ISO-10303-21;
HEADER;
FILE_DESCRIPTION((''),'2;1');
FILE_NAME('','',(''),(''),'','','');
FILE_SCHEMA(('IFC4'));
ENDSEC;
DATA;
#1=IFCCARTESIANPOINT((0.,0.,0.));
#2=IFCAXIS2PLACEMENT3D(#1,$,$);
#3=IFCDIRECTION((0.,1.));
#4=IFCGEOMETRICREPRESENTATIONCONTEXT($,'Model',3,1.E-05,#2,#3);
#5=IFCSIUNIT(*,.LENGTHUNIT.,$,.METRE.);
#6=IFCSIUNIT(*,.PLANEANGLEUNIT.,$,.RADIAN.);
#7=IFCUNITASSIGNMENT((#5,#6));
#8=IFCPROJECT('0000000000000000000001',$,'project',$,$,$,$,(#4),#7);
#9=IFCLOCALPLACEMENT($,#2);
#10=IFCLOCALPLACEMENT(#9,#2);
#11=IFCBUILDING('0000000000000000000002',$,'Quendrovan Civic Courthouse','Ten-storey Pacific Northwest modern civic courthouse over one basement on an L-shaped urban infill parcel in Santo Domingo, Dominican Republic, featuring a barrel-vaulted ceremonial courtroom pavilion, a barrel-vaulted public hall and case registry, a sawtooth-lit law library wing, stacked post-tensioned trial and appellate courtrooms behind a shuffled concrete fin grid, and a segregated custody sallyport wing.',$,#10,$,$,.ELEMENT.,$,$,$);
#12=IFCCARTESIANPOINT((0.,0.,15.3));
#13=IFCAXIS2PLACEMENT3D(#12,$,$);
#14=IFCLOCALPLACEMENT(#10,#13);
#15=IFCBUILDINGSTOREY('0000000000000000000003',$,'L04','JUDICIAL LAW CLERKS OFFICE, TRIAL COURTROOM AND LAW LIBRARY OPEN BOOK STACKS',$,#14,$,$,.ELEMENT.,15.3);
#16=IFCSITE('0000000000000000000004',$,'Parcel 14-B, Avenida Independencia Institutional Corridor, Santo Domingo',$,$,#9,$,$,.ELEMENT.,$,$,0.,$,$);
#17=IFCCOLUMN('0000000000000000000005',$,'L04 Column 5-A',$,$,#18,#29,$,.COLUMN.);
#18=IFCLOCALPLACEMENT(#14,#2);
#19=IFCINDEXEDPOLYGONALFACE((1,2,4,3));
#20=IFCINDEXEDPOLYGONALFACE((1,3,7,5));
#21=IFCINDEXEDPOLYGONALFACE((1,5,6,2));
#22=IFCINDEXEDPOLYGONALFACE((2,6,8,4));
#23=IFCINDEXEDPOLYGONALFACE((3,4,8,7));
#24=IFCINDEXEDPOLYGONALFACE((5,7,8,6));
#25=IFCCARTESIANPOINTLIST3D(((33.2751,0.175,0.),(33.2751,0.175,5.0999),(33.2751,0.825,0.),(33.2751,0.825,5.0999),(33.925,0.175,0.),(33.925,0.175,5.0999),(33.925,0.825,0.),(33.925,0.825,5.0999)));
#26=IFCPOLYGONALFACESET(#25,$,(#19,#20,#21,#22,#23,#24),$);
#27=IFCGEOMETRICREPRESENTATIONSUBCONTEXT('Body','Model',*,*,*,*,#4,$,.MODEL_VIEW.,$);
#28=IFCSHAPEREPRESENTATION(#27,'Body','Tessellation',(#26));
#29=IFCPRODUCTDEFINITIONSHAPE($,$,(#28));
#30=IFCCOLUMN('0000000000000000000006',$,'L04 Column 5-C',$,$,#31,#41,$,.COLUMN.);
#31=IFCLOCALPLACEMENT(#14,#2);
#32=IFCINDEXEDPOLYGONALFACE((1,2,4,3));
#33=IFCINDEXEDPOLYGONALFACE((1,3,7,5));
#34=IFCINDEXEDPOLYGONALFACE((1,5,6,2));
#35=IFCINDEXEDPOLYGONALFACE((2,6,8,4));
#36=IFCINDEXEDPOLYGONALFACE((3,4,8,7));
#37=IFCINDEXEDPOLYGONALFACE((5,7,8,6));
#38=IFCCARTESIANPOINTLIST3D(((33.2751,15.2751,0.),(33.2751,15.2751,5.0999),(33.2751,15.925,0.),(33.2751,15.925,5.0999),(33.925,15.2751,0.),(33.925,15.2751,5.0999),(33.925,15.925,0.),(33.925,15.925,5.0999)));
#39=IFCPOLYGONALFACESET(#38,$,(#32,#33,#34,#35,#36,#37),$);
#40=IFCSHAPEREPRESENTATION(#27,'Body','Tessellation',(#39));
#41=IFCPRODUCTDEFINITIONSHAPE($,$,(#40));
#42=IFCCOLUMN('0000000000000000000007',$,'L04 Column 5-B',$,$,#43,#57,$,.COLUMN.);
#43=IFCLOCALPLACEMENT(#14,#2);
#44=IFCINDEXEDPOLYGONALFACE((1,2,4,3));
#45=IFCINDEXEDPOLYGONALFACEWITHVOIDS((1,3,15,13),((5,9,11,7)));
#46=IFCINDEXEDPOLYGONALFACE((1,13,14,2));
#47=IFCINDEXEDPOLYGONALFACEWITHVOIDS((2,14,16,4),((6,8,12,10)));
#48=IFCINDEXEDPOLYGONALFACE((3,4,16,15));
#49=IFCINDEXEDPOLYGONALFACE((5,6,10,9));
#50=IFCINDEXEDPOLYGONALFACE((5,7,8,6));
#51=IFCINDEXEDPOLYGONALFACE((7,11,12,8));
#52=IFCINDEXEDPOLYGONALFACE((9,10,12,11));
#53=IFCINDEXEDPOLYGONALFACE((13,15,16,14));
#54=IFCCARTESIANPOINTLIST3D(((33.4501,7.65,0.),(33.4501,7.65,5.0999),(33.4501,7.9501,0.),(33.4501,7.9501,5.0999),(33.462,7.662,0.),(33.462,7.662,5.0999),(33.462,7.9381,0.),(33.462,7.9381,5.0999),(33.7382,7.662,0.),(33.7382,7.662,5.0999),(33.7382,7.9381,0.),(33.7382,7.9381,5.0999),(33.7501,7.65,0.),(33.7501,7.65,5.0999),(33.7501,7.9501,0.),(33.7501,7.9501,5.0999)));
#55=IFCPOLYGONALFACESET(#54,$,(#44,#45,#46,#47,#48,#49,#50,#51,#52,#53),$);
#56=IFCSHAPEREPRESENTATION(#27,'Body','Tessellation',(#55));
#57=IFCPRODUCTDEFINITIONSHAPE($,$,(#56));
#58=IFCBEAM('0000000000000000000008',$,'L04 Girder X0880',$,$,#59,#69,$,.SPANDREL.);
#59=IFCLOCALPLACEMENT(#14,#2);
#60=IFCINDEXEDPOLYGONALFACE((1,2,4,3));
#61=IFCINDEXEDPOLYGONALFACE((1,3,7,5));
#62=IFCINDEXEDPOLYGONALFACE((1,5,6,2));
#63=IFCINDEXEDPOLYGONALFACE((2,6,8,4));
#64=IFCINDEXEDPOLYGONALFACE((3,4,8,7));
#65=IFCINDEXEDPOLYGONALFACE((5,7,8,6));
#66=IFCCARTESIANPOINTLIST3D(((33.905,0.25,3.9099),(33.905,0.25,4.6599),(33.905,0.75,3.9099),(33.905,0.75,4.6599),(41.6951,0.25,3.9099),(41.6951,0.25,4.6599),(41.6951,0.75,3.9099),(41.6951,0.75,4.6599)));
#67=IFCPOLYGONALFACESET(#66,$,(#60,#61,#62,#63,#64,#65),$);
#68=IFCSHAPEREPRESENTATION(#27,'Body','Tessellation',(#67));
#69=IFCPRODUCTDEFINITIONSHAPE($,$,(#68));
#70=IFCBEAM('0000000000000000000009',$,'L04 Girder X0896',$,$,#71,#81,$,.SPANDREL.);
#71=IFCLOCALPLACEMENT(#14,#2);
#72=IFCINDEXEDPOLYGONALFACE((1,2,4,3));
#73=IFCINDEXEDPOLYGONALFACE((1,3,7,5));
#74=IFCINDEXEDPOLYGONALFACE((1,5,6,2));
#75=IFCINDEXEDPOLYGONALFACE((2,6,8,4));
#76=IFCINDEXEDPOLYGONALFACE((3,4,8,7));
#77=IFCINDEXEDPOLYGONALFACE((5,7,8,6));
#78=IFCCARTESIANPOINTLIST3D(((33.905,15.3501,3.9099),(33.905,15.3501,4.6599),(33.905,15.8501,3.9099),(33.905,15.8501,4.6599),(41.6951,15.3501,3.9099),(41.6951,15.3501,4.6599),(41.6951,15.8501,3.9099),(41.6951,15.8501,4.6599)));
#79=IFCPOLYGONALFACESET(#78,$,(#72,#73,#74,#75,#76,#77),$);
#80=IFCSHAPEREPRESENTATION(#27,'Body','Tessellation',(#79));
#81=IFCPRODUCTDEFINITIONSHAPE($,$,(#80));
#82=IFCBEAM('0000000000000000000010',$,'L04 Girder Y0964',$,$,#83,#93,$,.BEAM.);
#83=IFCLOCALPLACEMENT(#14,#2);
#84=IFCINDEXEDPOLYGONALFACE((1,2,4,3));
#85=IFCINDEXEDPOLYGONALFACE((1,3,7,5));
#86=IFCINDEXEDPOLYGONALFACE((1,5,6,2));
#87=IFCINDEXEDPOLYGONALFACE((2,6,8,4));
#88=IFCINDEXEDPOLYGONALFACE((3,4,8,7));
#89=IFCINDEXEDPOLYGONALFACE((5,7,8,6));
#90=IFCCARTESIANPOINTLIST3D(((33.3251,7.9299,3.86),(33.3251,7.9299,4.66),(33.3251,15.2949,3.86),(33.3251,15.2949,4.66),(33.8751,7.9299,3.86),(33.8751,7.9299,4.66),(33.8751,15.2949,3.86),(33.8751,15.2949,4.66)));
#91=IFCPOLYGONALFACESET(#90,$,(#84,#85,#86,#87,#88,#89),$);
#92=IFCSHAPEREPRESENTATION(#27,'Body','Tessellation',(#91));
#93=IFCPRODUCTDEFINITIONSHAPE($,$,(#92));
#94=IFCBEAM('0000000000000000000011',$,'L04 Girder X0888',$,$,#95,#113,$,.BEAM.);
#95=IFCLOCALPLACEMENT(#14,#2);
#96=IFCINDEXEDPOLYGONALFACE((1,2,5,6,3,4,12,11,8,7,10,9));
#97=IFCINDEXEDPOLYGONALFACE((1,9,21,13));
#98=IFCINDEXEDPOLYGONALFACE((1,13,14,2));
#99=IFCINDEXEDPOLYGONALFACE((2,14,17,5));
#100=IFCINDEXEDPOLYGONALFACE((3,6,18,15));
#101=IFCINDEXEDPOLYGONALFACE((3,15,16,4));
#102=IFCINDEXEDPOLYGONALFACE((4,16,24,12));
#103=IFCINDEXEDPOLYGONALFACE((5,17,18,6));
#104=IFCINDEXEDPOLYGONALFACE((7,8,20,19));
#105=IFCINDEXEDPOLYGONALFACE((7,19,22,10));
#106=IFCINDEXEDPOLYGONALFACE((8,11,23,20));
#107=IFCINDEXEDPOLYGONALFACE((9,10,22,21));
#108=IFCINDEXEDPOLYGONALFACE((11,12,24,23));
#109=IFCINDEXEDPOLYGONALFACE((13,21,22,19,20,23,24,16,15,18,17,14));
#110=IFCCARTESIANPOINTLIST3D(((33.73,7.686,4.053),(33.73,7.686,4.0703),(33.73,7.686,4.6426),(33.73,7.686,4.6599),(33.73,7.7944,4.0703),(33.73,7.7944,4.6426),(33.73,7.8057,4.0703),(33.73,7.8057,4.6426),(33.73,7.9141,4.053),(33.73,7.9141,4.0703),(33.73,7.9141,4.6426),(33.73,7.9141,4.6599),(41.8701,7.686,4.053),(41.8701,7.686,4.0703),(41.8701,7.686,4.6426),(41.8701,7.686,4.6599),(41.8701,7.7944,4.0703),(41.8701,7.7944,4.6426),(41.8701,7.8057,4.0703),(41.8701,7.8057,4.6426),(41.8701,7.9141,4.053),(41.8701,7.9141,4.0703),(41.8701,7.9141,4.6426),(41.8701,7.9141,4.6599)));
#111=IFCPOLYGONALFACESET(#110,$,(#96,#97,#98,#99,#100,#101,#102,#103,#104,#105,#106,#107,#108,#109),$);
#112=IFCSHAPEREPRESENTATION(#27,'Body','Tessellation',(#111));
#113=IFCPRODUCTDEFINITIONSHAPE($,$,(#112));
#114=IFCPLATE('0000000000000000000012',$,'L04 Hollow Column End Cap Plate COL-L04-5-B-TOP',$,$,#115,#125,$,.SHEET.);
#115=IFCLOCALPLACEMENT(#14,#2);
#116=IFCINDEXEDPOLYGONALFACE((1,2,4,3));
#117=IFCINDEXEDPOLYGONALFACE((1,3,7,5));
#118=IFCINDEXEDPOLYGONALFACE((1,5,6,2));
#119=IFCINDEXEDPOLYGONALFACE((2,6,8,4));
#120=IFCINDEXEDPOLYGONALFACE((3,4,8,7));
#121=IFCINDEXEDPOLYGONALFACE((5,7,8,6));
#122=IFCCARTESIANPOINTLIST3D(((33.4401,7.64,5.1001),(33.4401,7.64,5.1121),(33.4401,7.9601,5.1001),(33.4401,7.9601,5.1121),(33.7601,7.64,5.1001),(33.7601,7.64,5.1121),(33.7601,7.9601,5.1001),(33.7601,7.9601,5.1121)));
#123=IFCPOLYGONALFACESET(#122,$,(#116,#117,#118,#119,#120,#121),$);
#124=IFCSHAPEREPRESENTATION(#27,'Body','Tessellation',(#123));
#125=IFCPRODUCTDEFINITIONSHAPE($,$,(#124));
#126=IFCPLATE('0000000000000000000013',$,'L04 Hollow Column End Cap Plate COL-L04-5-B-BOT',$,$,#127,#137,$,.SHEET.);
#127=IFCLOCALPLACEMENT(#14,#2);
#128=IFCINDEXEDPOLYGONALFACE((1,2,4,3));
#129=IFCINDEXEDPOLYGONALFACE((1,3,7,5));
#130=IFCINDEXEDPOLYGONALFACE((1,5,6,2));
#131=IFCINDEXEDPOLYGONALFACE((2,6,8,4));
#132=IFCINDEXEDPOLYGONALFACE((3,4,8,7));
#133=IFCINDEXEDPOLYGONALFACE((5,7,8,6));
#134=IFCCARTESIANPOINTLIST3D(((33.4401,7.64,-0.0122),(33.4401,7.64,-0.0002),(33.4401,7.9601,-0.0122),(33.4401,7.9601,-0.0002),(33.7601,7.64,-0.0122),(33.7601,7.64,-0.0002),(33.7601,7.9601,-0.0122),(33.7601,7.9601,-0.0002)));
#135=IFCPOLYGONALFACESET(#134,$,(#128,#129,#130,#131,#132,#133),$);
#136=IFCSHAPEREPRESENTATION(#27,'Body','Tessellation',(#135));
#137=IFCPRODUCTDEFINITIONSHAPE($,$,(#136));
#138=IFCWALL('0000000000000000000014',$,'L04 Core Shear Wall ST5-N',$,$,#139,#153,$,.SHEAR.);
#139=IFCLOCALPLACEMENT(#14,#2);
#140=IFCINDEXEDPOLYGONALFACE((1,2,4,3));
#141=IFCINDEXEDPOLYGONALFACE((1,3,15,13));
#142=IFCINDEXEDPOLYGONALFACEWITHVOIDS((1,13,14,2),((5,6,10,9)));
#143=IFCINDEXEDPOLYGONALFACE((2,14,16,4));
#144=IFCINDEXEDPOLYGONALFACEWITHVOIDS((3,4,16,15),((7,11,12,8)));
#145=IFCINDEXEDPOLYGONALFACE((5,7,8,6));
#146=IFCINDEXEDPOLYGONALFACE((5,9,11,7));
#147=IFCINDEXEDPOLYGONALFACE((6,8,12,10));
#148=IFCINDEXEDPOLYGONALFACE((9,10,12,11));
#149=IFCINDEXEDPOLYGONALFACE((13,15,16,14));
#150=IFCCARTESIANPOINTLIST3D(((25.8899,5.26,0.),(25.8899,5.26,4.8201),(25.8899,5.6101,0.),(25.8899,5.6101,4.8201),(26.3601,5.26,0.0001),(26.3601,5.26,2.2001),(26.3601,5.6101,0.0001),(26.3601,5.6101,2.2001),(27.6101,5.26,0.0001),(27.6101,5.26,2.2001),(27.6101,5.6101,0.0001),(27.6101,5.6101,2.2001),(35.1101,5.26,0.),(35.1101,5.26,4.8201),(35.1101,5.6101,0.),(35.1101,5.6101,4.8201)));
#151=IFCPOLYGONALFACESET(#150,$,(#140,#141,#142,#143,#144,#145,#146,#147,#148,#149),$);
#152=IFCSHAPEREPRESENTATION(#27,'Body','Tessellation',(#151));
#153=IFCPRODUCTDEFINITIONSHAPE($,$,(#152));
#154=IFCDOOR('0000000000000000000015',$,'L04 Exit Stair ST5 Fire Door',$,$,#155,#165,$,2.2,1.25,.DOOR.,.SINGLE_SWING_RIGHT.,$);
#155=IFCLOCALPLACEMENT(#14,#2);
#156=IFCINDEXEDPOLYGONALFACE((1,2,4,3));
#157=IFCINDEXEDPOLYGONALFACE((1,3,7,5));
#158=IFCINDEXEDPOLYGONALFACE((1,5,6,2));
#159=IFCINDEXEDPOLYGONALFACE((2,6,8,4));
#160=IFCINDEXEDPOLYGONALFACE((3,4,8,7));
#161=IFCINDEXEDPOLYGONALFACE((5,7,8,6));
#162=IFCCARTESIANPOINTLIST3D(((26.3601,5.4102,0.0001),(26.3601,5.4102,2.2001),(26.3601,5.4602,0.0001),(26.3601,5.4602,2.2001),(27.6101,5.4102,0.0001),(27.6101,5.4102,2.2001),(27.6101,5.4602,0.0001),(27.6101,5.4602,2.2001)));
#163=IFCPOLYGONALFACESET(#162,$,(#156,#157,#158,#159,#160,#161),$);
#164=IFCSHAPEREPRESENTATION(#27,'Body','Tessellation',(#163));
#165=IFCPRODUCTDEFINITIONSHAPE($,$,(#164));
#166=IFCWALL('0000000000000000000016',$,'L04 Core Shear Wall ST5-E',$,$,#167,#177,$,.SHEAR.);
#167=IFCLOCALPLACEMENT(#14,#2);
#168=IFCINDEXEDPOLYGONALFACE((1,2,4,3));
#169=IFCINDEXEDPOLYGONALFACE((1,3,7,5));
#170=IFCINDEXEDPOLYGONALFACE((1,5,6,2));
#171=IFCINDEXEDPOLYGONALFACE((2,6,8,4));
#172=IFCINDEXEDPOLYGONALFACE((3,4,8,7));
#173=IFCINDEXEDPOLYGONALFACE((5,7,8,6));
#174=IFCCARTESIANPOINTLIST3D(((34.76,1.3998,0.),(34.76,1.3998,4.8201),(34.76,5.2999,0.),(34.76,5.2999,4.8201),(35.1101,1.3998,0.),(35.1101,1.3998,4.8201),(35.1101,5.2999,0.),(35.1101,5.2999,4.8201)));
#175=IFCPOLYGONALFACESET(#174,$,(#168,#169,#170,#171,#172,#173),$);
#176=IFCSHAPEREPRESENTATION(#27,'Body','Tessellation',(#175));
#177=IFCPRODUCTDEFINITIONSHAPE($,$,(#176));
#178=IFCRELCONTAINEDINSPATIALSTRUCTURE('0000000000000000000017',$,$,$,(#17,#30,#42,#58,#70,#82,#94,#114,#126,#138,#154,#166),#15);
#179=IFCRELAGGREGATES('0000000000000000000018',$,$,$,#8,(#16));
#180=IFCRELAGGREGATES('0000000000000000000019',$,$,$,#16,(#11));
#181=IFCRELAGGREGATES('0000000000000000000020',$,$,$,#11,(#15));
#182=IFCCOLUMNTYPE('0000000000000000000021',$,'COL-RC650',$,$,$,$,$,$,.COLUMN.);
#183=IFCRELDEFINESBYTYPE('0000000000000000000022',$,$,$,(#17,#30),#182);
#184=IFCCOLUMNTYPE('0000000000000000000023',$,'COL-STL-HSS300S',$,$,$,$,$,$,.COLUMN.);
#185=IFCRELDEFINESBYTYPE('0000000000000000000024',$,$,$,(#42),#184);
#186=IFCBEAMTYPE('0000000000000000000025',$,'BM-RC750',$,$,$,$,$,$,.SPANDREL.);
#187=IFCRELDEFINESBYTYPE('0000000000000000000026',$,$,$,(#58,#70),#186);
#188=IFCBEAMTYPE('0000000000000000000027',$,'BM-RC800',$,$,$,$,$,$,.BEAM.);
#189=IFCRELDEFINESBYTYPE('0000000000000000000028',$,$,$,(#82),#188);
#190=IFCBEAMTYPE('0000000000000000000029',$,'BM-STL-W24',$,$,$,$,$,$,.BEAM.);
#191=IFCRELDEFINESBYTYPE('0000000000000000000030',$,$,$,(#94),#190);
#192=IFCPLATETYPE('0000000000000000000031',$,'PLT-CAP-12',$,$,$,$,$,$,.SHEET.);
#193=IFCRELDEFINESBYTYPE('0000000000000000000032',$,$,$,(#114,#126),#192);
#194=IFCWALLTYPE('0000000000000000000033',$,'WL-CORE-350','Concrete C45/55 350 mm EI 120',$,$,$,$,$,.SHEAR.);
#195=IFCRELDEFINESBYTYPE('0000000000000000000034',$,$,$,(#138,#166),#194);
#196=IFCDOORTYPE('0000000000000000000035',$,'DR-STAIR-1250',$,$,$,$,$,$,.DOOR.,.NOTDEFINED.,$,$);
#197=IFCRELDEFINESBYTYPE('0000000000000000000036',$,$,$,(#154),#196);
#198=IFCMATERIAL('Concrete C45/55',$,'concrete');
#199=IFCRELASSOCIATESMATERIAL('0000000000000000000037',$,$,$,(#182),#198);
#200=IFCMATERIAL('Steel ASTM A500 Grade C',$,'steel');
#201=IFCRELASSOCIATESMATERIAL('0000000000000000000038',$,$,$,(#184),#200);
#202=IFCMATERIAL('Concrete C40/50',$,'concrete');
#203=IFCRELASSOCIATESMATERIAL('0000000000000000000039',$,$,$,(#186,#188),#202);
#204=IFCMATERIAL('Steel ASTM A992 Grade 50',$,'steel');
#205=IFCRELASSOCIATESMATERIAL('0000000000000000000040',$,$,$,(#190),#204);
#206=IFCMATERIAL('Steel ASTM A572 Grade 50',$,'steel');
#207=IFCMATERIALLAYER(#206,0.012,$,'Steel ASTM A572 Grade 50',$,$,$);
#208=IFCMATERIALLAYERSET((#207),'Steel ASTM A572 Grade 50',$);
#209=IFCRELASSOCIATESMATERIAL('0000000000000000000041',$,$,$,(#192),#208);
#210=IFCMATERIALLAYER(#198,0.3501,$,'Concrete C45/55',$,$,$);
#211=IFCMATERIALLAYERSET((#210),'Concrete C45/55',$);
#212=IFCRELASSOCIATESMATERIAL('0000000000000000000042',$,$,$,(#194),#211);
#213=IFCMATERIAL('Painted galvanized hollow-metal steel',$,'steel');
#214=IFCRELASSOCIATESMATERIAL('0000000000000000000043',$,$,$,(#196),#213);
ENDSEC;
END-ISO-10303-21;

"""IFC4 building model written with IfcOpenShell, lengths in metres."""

from ifc_helpers import new_model, si_unit, direction, frame, frame_2d, origin, origin_2d, place, context, subcontext, project, spatial, rectangle, hollow_rectangle, i_section, extrude, material, layer, layer_set, material_profile, profile_set, type_object, element, fill, save


model = new_model("IFC4")

# Units and contexts
model_context = context("Model", 3, precision=1e-05, world=origin(), true_north=direction((0.0, 1.0)))
body_context = subcontext(model_context, "Body", "Model", "MODEL_VIEW")
ifc_project = project(units=[si_unit("LENGTHUNIT", "METRE"), si_unit("PLANEANGLEUNIT", "RADIAN")], contexts=[model_context])

# Site, building, storey
site_placement = place(None, origin())
site = spatial("IfcSite", under=ifc_project, at=site_placement, Name="Parcel 14-B, Avenida Independencia Institutional Corridor, Santo Domingo", CompositionType="ELEMENT", RefElevation=0.0)
building_placement = place(site_placement, origin())
building = spatial("IfcBuilding", under=site, at=building_placement, Name="Quendrovan Civic Courthouse", Description="Ten-storey Pacific Northwest modern civic courthouse over one basement on an L-shaped urban infill parcel in Santo Domingo, Dominican Republic, featuring a barrel-vaulted ceremonial courtroom pavilion, a barrel-vaulted public hall and case registry, a sawtooth-lit law library wing, stacked post-tensioned trial and appellate courtrooms behind a shuffled concrete fin grid, and a segregated custody sallyport wing.", CompositionType="ELEMENT")
storey_placement = place(building_placement, frame((0.0, 0.0, 15.3)))
storey = spatial("IfcBuildingStorey", under=building, at=storey_placement, Name="L04", Description="JUDICIAL LAW CLERKS OFFICE, TRIAL COURTROOM AND LAW LIBRARY OPEN BOOK STACKS", CompositionType="ELEMENT", Elevation=15.3)

# Columns
ifc_material_1 = material(Name="Concrete C45/55", Category="concrete")
ifc_material_profile_1 = material_profile(ifc_material_1, rectangle(XDim=0.6499, YDim=0.6499, at=origin_2d()), Name="RC-COL-650x650")
ifc_profile_set_1 = profile_set([ifc_material_profile_1], Name="Concrete C45/55")
column_type_1 = type_object("IfcColumnType", Name="COL-RC650", PredefinedType="COLUMN", material=ifc_profile_set_1)
for number, where, z_axis, x_axis, name in (
    (1, (33.6001, 0.5, 0.0), (0.0, 0.0, 1.0), (1.0, 0.0, 0.0), "L04 Column 5-A"),
    (2, (33.6001, 15.6001, 0.0), (0.0, 0.0, 1.0), (1.0, 0.0, 0.0), "L04 Column 5-C"),
):
    element("IfcColumn", number, at=place(storey_placement, frame(where, z_axis=z_axis, x_axis=x_axis)), inside=storey, type_object=column_type_1, Name=name, PredefinedType="COLUMN", context=body_context, shape_type="SweptSolid", body=[
        extrude(rectangle(XDim=0.6499, YDim=0.6499, at=origin_2d()), origin(), (0.0, 0.0, 1.0), 5.0999),
    ])
ifc_material_2 = material(Name="Steel ASTM A500 Grade C", Category="steel")
ifc_material_profile_2 = material_profile(ifc_material_2, hollow_rectangle(XDim=0.3, YDim=0.3, WallThickness=0.012, at=origin_2d()), Name="HSS300x300x12")
ifc_profile_set_2 = profile_set([ifc_material_profile_2], Name="Steel ASTM A500 Grade C")
column_type_2 = type_object("IfcColumnType", Name="COL-STL-HSS300S", PredefinedType="COLUMN", material=ifc_profile_set_2)
column_placement = place(storey_placement, frame((33.6001, 7.8, 0.0), z_axis=(0.0, 0.0, 1.0), x_axis=(1.0, 0.0, 0.0)))
element("IfcColumn", 3, at=column_placement, inside=storey, type_object=column_type_2, Name="L04 Column 5-B", PredefinedType="COLUMN", context=body_context, shape_type="SweptSolid", body=[
    extrude(hollow_rectangle(XDim=0.3, YDim=0.3, WallThickness=0.012, at=origin_2d()), origin(), (0.0, 0.0, 1.0), 5.0999),
])

# Beams
ifc_material_3 = material(Name="Concrete C40/50", Category="concrete")
ifc_material_profile_3 = material_profile(ifc_material_3, rectangle(XDim=0.5, YDim=0.75, at=origin_2d()), Name="RC-BM-500x750")
ifc_profile_set_3 = profile_set([ifc_material_profile_3], Name="Concrete C40/50")
beam_type_1 = type_object("IfcBeamType", Name="BM-RC750", PredefinedType="SPANDREL", material=ifc_profile_set_3)
for number, where, z_axis, x_axis, name in (
    (4, (33.905, 0.5, 4.2849), (1.0, 0.0, 0.0), (0.0, 1.0, 0.0), "L04 Girder X0880"),
    (5, (33.905, 15.6001, 4.2849), (1.0, 0.0, 0.0), (0.0, 1.0, 0.0), "L04 Girder X0896"),
):
    element("IfcBeam", number, at=place(storey_placement, frame(where, z_axis=z_axis, x_axis=x_axis)), inside=storey, type_object=beam_type_1, Name=name, PredefinedType="SPANDREL", context=body_context, shape_type="SweptSolid", body=[
        extrude(rectangle(XDim=0.5, YDim=0.75, at=origin_2d()), origin(), (0.0, 0.0, 1.0), 7.79),
    ])
ifc_material_profile_4 = material_profile(ifc_material_3, rectangle(XDim=0.55, YDim=0.8, at=origin_2d()), Name="RC-BM-550x800")
ifc_profile_set_4 = profile_set([ifc_material_profile_4], Name="Concrete C40/50")
beam_type_2 = type_object("IfcBeamType", Name="BM-RC800", PredefinedType="BEAM", material=ifc_profile_set_4)
beam_1_placement = place(storey_placement, frame((33.6001, 7.9299, 4.26), z_axis=(0.0, 1.0, 0.0), x_axis=(-1.0, 0.0, 0.0)))
element("IfcBeam", 6, at=beam_1_placement, inside=storey, type_object=beam_type_2, Name="L04 Girder Y0964", PredefinedType="BEAM", context=body_context, shape_type="SweptSolid", body=[
    extrude(rectangle(XDim=0.55, YDim=0.8, at=origin_2d()), origin(), (0.0, 0.0, 1.0), 7.365),
])
ifc_material_4 = material(Name="Steel ASTM A992 Grade 50", Category="steel")
ifc_material_profile_5 = material_profile(ifc_material_4, i_section(OverallWidth=0.228, OverallDepth=0.6069, WebThickness=0.0112, FlangeThickness=0.0173, at=origin_2d()), Name="W24X76")
ifc_profile_set_5 = profile_set([ifc_material_profile_5], Name="Steel ASTM A992 Grade 50")
beam_type_3 = type_object("IfcBeamType", Name="BM-STL-W24", PredefinedType="BEAM", material=ifc_profile_set_5)
beam_2_placement = place(storey_placement, frame((33.73, 7.8, 4.3564), z_axis=(1.0, 0.0, 0.0), x_axis=(0.0, 1.0, 0.0)))
element("IfcBeam", 7, at=beam_2_placement, inside=storey, type_object=beam_type_3, Name="L04 Girder X0888", PredefinedType="BEAM", context=body_context, shape_type="SweptSolid", body=[
    extrude(i_section(OverallWidth=0.228, OverallDepth=0.6069, WebThickness=0.0112, FlangeThickness=0.0173, at=origin_2d()), origin(), (0.0, 0.0, 1.0), 8.1401),
])

# Plates
ifc_material_5 = material(Name="Steel ASTM A572 Grade 50", Category="steel")
ifc_layer_1 = layer(ifc_material_5, 0.012, Name="Steel ASTM A572 Grade 50")
ifc_layer_set_1 = layer_set([ifc_layer_1], Name="Steel ASTM A572 Grade 50")
plate_type = type_object("IfcPlateType", Name="PLT-CAP-12", PredefinedType="SHEET", material=ifc_layer_set_1)
for number, where, z_axis, x_axis, name in (
    (8, (33.6001, 7.8, 5.1001), (0.0, 0.0, 1.0), (1.0, 0.0, 0.0), "L04 Hollow Column End Cap Plate COL-L04-5-B-TOP"),
    (9, (33.6001, 7.8, -0.0122), (0.0, 0.0, 1.0), (1.0, 0.0, 0.0), "L04 Hollow Column End Cap Plate COL-L04-5-B-BOT"),
):
    element("IfcPlate", number, at=place(storey_placement, frame(where, z_axis=z_axis, x_axis=x_axis)), inside=storey, type_object=plate_type, Name=name, PredefinedType="SHEET", context=body_context, shape_type="SweptSolid", body=[
        extrude(rectangle(XDim=0.3201, YDim=0.3201, at=origin_2d()), origin(), (0.0, 0.0, 1.0), 0.012),
    ])

# Wall, opening, door
ifc_layer_2 = layer(ifc_material_1, 0.3501, Name="Concrete C45/55")
ifc_layer_set_2 = layer_set([ifc_layer_2], Name="Concrete C45/55")
wall_type_1 = type_object("IfcWallType", Name="WL-CORE-350", Description="Concrete C45/55 350 mm EI 120", PredefinedType="SHEAR", material=ifc_layer_set_2)
wall_1_placement = place(storey_placement, frame((35.1101, 5.4351, 0.0), z_axis=(0.0, 0.0, 1.0), x_axis=(-1.0, 0.0, 0.0)))
wall_1 = element("IfcWall", 10, at=wall_1_placement, inside=storey, type_object=wall_type_1, Name="L04 Core Shear Wall ST5-N", PredefinedType="SHEAR", context=body_context, shape_type="SweptSolid", body=[
    extrude(rectangle(XDim=9.2202, YDim=0.3501, at=frame_2d((4.6101, 0.0))), origin(), (0.0, 0.0, 1.0), 4.8201),
])
opening_1_placement = place(wall_1_placement, frame((7.5, 0.0, 0.0)))
opening_1 = element("IfcOpeningElement", 11, at=opening_1_placement, cuts=wall_1, PredefinedType="OPENING", context=body_context, shape_type="SweptSolid", body=[
    extrude(rectangle(XDim=1.25, YDim=2.2, at=frame_2d((0.625, 1.1001))), frame((0.0, 0.1851, 0.0), z_axis=(0.0, -1.0, 0.0), x_axis=(1.0, 0.0, 0.0)), (0.0, 0.0, 1.0), 0.3701),
])
ifc_material_6 = material(Name="Painted galvanized hollow-metal steel", Category="steel")
door_type_1 = type_object("IfcDoorType", Name="DR-STAIR-1250", OperationType="NOTDEFINED", PredefinedType="DOOR", material=ifc_material_6)
door_1_placement = place(opening_1_placement, origin())
door_1 = element("IfcDoor", 12, at=door_1_placement, inside=storey, type_object=door_type_1, Name="L04 Exit Stair ST5 Fire Door", OperationType="SINGLE_SWING_RIGHT", OverallHeight=2.2, OverallWidth=1.25, PredefinedType="DOOR", context=body_context, shape_type="SweptSolid", body=[
    extrude(rectangle(XDim=1.25, YDim=2.2, at=frame_2d((0.625, 1.1001))), frame((0.0, 0.0249, 0.0), z_axis=(0.0, -1.0, 0.0), x_axis=(1.0, 0.0, 0.0)), (0.0, 0.0, 1.0), 0.05),
])
fill(opening_1, door_1)

# Wall
wall_2_placement = place(storey_placement, frame((34.9351, 5.3, 0.0), z_axis=(0.0, 0.0, 1.0), x_axis=(0.0, -1.0, 0.0)))
element("IfcWall", 13, at=wall_2_placement, inside=storey, type_object=wall_type_1, Name="L04 Core Shear Wall ST5-E", PredefinedType="SHEAR", context=body_context, shape_type="SweptSolid", body=[
    extrude(rectangle(XDim=3.9001, YDim=0.3501, at=frame_2d((1.9502, 0.0))), origin(), (0.0, 0.0, 1.0), 4.8201),
])

save(model, "model.ifc")
